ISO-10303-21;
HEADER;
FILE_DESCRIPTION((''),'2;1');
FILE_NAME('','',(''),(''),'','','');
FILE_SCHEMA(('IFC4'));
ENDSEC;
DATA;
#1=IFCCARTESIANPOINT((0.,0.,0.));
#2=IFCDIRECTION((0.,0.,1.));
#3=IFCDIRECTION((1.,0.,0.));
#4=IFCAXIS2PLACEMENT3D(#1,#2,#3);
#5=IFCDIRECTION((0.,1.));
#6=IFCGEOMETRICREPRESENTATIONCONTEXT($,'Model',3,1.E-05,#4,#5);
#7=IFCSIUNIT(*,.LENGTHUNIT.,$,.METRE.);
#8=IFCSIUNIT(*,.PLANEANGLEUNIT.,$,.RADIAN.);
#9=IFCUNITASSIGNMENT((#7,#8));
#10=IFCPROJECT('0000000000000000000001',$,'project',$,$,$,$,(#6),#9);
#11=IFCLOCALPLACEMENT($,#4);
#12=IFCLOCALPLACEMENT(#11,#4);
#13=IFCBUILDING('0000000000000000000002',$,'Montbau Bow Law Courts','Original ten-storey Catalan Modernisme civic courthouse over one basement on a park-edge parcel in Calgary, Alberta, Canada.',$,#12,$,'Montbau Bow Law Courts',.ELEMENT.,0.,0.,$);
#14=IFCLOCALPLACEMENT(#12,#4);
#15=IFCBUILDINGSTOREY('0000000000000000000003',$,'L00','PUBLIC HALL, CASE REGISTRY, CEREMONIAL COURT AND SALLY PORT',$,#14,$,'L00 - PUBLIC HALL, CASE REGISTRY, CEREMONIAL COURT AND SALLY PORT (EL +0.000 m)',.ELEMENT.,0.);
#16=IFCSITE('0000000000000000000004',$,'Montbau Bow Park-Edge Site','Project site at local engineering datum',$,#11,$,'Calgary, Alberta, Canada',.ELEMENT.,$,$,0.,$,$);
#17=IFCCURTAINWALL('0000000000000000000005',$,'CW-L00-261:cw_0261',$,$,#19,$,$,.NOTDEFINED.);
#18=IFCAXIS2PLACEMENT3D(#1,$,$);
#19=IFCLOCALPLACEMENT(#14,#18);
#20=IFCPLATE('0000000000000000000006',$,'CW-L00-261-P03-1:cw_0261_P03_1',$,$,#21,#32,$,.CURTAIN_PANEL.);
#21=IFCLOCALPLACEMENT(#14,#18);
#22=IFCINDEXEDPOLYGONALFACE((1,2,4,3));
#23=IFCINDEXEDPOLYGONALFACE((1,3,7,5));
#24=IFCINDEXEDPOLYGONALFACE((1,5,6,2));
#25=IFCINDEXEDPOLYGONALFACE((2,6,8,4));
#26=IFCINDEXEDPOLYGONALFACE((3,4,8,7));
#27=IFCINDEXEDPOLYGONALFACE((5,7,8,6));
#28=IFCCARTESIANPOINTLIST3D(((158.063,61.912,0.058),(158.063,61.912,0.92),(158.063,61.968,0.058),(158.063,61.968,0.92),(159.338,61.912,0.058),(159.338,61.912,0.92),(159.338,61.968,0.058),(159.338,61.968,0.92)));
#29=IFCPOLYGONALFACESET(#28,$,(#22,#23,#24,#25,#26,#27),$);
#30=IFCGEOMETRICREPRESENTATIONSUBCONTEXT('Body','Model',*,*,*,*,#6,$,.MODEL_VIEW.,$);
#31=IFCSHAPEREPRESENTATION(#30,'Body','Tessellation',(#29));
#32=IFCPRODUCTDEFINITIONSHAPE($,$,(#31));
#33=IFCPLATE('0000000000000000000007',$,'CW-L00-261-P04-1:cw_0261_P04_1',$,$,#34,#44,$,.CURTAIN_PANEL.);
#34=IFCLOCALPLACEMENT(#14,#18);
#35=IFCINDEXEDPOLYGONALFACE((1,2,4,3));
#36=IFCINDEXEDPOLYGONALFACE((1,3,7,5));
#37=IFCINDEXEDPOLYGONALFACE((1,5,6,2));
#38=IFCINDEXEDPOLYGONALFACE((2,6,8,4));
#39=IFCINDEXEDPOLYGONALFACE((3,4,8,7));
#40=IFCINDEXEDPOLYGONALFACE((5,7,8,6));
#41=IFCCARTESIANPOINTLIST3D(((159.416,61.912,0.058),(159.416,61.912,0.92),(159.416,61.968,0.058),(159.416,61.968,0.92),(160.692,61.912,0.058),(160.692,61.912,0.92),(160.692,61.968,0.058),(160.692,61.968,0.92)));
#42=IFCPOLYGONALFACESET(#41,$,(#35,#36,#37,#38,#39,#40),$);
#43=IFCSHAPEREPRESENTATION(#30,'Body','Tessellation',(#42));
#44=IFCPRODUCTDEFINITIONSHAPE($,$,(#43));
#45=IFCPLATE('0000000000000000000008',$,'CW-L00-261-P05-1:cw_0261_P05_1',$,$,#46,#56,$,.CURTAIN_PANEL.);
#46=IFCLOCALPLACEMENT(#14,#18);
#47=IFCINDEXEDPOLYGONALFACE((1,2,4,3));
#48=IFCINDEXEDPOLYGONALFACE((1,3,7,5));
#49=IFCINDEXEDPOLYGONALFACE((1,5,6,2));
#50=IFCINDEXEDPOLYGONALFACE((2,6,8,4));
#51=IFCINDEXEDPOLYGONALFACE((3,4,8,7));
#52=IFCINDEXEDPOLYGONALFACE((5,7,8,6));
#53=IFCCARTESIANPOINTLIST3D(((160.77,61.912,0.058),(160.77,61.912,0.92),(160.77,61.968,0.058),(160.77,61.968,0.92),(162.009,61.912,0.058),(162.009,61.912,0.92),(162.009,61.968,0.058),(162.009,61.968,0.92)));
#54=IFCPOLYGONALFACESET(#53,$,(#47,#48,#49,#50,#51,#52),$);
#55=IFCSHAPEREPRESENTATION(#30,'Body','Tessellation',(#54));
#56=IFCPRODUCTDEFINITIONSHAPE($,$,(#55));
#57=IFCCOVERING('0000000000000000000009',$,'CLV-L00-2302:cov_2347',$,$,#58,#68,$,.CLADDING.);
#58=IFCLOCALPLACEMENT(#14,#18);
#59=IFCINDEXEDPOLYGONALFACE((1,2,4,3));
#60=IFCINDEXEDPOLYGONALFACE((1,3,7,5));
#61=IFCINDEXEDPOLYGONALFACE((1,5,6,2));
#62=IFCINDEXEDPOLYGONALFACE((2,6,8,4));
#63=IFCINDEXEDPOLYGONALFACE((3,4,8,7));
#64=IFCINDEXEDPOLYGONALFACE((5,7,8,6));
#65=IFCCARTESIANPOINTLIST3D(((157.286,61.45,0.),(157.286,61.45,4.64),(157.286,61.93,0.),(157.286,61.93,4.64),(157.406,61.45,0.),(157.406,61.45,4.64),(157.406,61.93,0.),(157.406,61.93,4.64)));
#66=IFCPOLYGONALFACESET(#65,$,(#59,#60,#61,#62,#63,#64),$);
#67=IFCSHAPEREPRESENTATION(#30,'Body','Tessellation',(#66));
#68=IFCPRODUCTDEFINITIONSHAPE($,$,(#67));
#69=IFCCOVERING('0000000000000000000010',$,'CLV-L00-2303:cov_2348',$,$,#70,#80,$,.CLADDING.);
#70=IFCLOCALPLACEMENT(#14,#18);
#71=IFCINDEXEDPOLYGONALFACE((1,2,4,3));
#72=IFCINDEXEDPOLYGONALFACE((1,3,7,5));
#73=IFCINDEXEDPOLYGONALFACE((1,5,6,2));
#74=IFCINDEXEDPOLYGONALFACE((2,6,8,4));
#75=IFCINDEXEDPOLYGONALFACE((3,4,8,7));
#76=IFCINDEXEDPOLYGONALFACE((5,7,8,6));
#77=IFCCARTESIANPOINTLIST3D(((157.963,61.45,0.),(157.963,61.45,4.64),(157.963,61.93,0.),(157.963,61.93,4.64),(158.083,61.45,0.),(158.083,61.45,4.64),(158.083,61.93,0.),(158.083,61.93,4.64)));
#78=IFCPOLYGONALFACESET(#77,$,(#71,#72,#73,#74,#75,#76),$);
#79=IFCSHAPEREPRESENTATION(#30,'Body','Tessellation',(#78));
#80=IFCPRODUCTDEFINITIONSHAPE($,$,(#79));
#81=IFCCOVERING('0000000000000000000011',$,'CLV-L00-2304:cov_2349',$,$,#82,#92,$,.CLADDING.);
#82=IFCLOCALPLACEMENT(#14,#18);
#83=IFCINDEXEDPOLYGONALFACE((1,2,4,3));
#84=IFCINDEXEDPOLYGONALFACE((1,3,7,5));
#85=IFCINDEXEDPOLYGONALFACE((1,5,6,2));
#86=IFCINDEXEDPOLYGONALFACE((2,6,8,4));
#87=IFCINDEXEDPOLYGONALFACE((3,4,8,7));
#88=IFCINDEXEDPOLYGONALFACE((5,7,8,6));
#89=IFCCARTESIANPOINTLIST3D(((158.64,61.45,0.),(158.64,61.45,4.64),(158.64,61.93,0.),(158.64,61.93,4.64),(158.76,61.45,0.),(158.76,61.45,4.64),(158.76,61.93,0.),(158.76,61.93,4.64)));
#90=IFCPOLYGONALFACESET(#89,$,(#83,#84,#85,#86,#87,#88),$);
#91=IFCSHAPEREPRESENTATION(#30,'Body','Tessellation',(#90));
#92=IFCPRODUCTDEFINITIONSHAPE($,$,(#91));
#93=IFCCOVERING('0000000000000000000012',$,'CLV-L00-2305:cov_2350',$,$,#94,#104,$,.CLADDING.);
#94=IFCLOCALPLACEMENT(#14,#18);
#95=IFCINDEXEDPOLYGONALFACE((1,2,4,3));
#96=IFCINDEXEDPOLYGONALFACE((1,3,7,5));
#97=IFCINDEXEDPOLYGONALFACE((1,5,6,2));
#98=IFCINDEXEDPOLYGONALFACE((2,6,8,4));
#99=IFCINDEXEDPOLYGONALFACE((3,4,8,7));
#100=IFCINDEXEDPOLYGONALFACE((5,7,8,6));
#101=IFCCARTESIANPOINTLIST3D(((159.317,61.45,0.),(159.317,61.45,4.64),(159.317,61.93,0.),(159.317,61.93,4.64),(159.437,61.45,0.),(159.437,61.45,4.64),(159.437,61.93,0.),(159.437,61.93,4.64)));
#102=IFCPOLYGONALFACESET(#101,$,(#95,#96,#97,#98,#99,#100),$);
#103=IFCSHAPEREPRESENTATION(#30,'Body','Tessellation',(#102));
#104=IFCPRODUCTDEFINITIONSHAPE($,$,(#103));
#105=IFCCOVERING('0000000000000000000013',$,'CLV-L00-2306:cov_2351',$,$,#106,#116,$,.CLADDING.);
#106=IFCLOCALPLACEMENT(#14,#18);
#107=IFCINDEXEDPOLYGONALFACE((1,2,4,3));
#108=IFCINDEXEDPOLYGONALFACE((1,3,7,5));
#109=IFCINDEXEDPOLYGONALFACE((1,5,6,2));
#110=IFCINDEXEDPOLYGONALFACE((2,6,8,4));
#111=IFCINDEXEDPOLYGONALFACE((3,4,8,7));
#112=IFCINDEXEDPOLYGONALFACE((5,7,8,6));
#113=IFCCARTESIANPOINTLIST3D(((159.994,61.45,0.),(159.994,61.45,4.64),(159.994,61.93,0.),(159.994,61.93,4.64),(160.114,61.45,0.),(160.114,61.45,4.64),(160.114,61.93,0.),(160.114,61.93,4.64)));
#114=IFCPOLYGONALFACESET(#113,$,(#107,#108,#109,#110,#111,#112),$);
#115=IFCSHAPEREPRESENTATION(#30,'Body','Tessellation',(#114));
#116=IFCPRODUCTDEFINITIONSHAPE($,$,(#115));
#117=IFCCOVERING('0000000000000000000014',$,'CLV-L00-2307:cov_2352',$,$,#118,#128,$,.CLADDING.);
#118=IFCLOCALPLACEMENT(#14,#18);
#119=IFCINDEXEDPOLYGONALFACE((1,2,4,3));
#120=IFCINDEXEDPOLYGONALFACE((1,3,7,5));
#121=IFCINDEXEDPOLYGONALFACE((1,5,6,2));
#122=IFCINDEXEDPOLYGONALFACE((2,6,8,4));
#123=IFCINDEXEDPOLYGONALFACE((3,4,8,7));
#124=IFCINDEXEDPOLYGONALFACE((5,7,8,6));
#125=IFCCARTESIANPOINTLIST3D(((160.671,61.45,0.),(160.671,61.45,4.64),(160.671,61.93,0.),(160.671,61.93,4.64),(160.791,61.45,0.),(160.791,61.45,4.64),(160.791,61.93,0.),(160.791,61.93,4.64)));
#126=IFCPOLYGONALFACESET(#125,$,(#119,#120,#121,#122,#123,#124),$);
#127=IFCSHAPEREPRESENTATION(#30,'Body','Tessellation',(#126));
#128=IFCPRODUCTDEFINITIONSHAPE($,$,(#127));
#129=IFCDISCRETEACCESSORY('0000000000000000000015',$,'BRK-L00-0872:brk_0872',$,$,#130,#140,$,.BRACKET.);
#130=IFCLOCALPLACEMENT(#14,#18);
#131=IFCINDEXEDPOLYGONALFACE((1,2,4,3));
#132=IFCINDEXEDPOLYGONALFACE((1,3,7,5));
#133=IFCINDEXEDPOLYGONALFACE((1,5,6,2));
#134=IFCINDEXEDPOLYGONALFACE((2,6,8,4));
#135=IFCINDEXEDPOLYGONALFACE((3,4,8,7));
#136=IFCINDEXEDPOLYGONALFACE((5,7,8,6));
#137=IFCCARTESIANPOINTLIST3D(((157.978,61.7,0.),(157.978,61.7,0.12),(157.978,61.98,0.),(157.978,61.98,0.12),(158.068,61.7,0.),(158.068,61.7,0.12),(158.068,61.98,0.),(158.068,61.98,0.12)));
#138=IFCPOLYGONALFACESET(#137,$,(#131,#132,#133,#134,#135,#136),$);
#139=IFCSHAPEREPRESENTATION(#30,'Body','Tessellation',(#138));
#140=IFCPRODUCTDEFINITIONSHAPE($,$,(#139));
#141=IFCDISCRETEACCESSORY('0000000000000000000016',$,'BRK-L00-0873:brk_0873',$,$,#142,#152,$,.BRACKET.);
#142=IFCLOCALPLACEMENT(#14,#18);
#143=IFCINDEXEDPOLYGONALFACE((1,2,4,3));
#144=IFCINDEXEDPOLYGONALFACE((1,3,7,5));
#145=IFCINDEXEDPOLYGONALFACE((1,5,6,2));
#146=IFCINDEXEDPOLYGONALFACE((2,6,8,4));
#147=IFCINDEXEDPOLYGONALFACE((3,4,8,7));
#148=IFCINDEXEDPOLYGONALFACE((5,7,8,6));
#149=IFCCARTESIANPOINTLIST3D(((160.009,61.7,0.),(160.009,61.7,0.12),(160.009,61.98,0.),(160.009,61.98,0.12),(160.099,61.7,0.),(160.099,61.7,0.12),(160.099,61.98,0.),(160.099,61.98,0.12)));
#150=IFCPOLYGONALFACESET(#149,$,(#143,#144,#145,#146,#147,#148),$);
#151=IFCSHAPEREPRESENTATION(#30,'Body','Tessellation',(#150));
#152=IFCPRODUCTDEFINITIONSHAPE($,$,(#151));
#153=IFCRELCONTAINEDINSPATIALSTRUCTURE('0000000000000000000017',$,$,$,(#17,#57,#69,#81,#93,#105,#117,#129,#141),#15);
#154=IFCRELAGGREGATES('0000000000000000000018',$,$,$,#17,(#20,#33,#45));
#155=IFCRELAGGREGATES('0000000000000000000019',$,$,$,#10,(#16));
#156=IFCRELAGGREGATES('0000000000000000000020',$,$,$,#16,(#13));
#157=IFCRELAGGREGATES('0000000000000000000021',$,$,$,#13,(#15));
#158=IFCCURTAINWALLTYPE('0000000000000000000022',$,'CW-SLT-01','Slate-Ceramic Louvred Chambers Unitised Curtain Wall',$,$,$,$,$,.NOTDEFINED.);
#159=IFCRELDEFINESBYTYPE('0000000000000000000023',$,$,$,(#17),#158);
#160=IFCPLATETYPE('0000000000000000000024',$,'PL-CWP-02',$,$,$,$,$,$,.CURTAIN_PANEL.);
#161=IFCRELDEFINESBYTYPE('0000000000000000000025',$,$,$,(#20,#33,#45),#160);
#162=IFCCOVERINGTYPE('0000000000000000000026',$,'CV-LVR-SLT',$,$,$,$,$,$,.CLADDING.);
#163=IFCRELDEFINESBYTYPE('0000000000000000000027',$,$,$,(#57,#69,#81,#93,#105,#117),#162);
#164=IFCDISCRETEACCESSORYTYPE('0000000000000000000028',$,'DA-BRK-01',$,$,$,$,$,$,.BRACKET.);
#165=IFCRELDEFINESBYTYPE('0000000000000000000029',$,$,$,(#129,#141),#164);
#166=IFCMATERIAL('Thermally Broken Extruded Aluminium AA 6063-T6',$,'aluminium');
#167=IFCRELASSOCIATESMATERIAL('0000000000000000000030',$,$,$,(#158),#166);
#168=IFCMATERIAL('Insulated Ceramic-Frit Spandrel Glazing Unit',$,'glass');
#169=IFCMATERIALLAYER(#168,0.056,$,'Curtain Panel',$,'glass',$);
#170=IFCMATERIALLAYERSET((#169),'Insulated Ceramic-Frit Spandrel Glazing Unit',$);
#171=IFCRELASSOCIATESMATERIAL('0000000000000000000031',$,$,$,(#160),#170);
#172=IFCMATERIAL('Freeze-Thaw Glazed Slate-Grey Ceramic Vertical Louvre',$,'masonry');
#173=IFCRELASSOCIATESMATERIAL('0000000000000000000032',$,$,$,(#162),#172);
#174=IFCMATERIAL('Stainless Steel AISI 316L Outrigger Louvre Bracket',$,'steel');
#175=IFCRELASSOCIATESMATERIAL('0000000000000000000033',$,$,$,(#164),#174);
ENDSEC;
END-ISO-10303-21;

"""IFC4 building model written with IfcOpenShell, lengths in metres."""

from ifc_helpers import new_model, si_unit, direction, frame, frame_2d, origin_with_axes, origin_2d_with_axis, place, context, subcontext, project, spatial, rectangle, extrude, material, layer, layer_set, type_object, element, aggregate, save


model = new_model("IFC4")

# Units and contexts
model_context = context("Model", 3, precision=1e-05, world=origin_with_axes(), true_north=direction((0.0, 1.0)))
body_context = subcontext(model_context, "Body", "Model", "MODEL_VIEW")
ifc_project = project(units=[si_unit("LENGTHUNIT", "METRE"), si_unit("PLANEANGLEUNIT", "RADIAN")], contexts=[model_context])

# Site, building, storey
site_placement = place(None, origin_with_axes())
site = spatial("IfcSite", under=ifc_project, at=site_placement, Name="Montbau Bow Park-Edge Site", Description="Project site at local engineering datum", LongName="Calgary, Alberta, Canada", CompositionType="ELEMENT", RefElevation=0.0)
building_placement = place(site_placement, origin_with_axes())
building = spatial("IfcBuilding", under=site, at=building_placement, Name="Montbau Bow Law Courts", Description="Original ten-storey Catalan Modernisme civic courthouse over one basement on a park-edge parcel in Calgary, Alberta, Canada.", LongName="Montbau Bow Law Courts", CompositionType="ELEMENT", ElevationOfRefHeight=0.0, ElevationOfTerrain=0.0)
storey_placement = place(building_placement, origin_with_axes())
storey = spatial("IfcBuildingStorey", under=building, at=storey_placement, Name="L00", Description="PUBLIC HALL, CASE REGISTRY, CEREMONIAL COURT AND SALLY PORT", LongName="L00 - PUBLIC HALL, CASE REGISTRY, CEREMONIAL COURT AND SALLY PORT (EL +0.000 m)", CompositionType="ELEMENT", Elevation=0.0)

# Curtain wall, plates
ifc_material_1 = material(Name="Thermally Broken Extruded Aluminium AA 6063-T6", Category="aluminium")
curtain_wall_type = type_object("IfcCurtainWallType", Name="CW-SLT-01", Description="Slate-Ceramic Louvred Chambers Unitised Curtain Wall", PredefinedType="NOTDEFINED", material=ifc_material_1)
curtain_wall_placement = place(None, frame((155.315, 61.94, 0.0), z_axis=(0.0, 0.0, 1.0), x_axis=(1.0, 0.0, 0.0)))
curtain_wall = element("IfcCurtainWall", 1, at=curtain_wall_placement, inside=storey, type_object=curtain_wall_type, Name="CW-L00-261:cw_0261", PredefinedType="NOTDEFINED")
ifc_material_2 = material(Name="Insulated Ceramic-Frit Spandrel Glazing Unit", Category="glass")
ifc_layer_1 = layer(ifc_material_2, 0.056, Name="Curtain Panel", Category="glass")
ifc_layer_set_1 = layer_set([ifc_layer_1], Name="Insulated Ceramic-Frit Spandrel Glazing Unit")
plate_type_1 = type_object("IfcPlateType", Name="PL-CWP-02", PredefinedType="CURTAIN_PANEL", material=ifc_layer_set_1)
plate_1_placement = place(None, frame((158.063, 61.94, 0.058), z_axis=(0.0, -1.0, 0.0), x_axis=(1.0, 0.0, 0.0)))
plate_1 = element("IfcPlate", 2, at=plate_1_placement, type_object=plate_type_1, Name="CW-L00-261-P03-1:cw_0261_P03_1", PredefinedType="CURTAIN_PANEL", context=body_context, shape_type="SweptSolid", body=[
    extrude(rectangle(XDim=1.275, YDim=0.862, at=frame_2d((0.6375, 0.431), x_axis=(1.0, 0.0))), frame((0.0, 0.0, -0.028), z_axis=(0.0, 0.0, 1.0), x_axis=(1.0, 0.0, 0.0)), (0.0, 0.0, 1.0), 0.056),
])
plate_2_placement = place(None, frame((159.416, 61.94, 0.058), z_axis=(0.0, -1.0, 0.0), x_axis=(1.0, 0.0, 0.0)))
plate_2 = element("IfcPlate", 3, at=plate_2_placement, type_object=plate_type_1, Name="CW-L00-261-P04-1:cw_0261_P04_1", PredefinedType="CURTAIN_PANEL", context=body_context, shape_type="SweptSolid", body=[
    extrude(rectangle(XDim=1.276, YDim=0.862, at=frame_2d((0.638, 0.431), x_axis=(1.0, 0.0))), frame((0.0, 0.0, -0.028), z_axis=(0.0, 0.0, 1.0), x_axis=(1.0, 0.0, 0.0)), (0.0, 0.0, 1.0), 0.056),
])
plate_3_placement = place(None, frame((160.77, 61.94, 0.058), z_axis=(0.0, -1.0, 0.0), x_axis=(1.0, 0.0, 0.0)))
plate_3 = element("IfcPlate", 4, at=plate_3_placement, type_object=plate_type_1, Name="CW-L00-261-P05-1:cw_0261_P05_1", PredefinedType="CURTAIN_PANEL", context=body_context, shape_type="SweptSolid", body=[
    extrude(rectangle(XDim=1.239, YDim=0.862, at=frame_2d((0.6195, 0.431), x_axis=(1.0, 0.0))), frame((0.0, 0.0, -0.028), z_axis=(0.0, 0.0, 1.0), x_axis=(1.0, 0.0, 0.0)), (0.0, 0.0, 1.0), 0.056),
])
aggregate(curtain_wall, [plate_1, plate_2, plate_3])

# Coverings
ifc_material_3 = material(Name="Freeze-Thaw Glazed Slate-Grey Ceramic Vertical Louvre", Category="masonry")
covering_type = type_object("IfcCoveringType", Name="CV-LVR-SLT", PredefinedType="CLADDING", material=ifc_material_3)
for number, where, z_axis, x_axis, name in (
    (5, (157.346, 61.93, 0.0), (-1.0, 0.0, 0.0), (0.0, -1.0, 0.0), "CLV-L00-2302:cov_2347"),
    (6, (158.023, 61.93, 0.0), (-1.0, 0.0, 0.0), (0.0, -1.0, 0.0), "CLV-L00-2303:cov_2348"),
    (7, (158.7, 61.93, 0.0), (-1.0, 0.0, 0.0), (0.0, -1.0, 0.0), "CLV-L00-2304:cov_2349"),
    (8, (159.377, 61.93, 0.0), (-1.0, 0.0, 0.0), (0.0, -1.0, 0.0), "CLV-L00-2305:cov_2350"),
    (9, (160.054, 61.93, 0.0), (-1.0, 0.0, 0.0), (0.0, -1.0, 0.0), "CLV-L00-2306:cov_2351"),
    (10, (160.731, 61.93, 0.0), (-1.0, 0.0, 0.0), (0.0, -1.0, 0.0), "CLV-L00-2307:cov_2352"),
):
    element("IfcCovering", number, at=place(None, frame(where, z_axis=z_axis, x_axis=x_axis)), inside=storey, type_object=covering_type, Name=name, PredefinedType="CLADDING", context=body_context, shape_type="SweptSolid", body=[
        extrude(rectangle(XDim=0.48, YDim=4.64, at=frame_2d((0.24, 2.32), x_axis=(1.0, 0.0))), frame((0.0, 0.0, -0.06), z_axis=(0.0, 0.0, 1.0), x_axis=(1.0, 0.0, 0.0)), (0.0, 0.0, 1.0), 0.12),
    ])

# Discrete accessories
ifc_material_4 = material(Name="Stainless Steel AISI 316L Outrigger Louvre Bracket", Category="steel")
discrete_accessory_type = type_object("IfcDiscreteAccessoryType", Name="DA-BRK-01", PredefinedType="BRACKET", material=ifc_material_4)
for number, where, z_axis, x_axis, name in (
    (11, (158.023, 61.84, 0.0), (0.0, 0.0, 1.0), (0.0, -1.0, 0.0), "BRK-L00-0872:brk_0872"),
    (12, (160.054, 61.84, 0.0), (0.0, 0.0, 1.0), (0.0, -1.0, 0.0), "BRK-L00-0873:brk_0873"),
):
    element("IfcDiscreteAccessory", number, at=place(None, frame(where, z_axis=z_axis, x_axis=x_axis)), inside=storey, type_object=discrete_accessory_type, Name=name, PredefinedType="BRACKET", context=body_context, shape_type="SweptSolid", body=[
        extrude(rectangle(XDim=0.28, YDim=0.09, at=origin_2d_with_axis()), origin_with_axes(), (0.0, 0.0, 1.0), 0.12),
    ])

save(model, "model.ifc")
